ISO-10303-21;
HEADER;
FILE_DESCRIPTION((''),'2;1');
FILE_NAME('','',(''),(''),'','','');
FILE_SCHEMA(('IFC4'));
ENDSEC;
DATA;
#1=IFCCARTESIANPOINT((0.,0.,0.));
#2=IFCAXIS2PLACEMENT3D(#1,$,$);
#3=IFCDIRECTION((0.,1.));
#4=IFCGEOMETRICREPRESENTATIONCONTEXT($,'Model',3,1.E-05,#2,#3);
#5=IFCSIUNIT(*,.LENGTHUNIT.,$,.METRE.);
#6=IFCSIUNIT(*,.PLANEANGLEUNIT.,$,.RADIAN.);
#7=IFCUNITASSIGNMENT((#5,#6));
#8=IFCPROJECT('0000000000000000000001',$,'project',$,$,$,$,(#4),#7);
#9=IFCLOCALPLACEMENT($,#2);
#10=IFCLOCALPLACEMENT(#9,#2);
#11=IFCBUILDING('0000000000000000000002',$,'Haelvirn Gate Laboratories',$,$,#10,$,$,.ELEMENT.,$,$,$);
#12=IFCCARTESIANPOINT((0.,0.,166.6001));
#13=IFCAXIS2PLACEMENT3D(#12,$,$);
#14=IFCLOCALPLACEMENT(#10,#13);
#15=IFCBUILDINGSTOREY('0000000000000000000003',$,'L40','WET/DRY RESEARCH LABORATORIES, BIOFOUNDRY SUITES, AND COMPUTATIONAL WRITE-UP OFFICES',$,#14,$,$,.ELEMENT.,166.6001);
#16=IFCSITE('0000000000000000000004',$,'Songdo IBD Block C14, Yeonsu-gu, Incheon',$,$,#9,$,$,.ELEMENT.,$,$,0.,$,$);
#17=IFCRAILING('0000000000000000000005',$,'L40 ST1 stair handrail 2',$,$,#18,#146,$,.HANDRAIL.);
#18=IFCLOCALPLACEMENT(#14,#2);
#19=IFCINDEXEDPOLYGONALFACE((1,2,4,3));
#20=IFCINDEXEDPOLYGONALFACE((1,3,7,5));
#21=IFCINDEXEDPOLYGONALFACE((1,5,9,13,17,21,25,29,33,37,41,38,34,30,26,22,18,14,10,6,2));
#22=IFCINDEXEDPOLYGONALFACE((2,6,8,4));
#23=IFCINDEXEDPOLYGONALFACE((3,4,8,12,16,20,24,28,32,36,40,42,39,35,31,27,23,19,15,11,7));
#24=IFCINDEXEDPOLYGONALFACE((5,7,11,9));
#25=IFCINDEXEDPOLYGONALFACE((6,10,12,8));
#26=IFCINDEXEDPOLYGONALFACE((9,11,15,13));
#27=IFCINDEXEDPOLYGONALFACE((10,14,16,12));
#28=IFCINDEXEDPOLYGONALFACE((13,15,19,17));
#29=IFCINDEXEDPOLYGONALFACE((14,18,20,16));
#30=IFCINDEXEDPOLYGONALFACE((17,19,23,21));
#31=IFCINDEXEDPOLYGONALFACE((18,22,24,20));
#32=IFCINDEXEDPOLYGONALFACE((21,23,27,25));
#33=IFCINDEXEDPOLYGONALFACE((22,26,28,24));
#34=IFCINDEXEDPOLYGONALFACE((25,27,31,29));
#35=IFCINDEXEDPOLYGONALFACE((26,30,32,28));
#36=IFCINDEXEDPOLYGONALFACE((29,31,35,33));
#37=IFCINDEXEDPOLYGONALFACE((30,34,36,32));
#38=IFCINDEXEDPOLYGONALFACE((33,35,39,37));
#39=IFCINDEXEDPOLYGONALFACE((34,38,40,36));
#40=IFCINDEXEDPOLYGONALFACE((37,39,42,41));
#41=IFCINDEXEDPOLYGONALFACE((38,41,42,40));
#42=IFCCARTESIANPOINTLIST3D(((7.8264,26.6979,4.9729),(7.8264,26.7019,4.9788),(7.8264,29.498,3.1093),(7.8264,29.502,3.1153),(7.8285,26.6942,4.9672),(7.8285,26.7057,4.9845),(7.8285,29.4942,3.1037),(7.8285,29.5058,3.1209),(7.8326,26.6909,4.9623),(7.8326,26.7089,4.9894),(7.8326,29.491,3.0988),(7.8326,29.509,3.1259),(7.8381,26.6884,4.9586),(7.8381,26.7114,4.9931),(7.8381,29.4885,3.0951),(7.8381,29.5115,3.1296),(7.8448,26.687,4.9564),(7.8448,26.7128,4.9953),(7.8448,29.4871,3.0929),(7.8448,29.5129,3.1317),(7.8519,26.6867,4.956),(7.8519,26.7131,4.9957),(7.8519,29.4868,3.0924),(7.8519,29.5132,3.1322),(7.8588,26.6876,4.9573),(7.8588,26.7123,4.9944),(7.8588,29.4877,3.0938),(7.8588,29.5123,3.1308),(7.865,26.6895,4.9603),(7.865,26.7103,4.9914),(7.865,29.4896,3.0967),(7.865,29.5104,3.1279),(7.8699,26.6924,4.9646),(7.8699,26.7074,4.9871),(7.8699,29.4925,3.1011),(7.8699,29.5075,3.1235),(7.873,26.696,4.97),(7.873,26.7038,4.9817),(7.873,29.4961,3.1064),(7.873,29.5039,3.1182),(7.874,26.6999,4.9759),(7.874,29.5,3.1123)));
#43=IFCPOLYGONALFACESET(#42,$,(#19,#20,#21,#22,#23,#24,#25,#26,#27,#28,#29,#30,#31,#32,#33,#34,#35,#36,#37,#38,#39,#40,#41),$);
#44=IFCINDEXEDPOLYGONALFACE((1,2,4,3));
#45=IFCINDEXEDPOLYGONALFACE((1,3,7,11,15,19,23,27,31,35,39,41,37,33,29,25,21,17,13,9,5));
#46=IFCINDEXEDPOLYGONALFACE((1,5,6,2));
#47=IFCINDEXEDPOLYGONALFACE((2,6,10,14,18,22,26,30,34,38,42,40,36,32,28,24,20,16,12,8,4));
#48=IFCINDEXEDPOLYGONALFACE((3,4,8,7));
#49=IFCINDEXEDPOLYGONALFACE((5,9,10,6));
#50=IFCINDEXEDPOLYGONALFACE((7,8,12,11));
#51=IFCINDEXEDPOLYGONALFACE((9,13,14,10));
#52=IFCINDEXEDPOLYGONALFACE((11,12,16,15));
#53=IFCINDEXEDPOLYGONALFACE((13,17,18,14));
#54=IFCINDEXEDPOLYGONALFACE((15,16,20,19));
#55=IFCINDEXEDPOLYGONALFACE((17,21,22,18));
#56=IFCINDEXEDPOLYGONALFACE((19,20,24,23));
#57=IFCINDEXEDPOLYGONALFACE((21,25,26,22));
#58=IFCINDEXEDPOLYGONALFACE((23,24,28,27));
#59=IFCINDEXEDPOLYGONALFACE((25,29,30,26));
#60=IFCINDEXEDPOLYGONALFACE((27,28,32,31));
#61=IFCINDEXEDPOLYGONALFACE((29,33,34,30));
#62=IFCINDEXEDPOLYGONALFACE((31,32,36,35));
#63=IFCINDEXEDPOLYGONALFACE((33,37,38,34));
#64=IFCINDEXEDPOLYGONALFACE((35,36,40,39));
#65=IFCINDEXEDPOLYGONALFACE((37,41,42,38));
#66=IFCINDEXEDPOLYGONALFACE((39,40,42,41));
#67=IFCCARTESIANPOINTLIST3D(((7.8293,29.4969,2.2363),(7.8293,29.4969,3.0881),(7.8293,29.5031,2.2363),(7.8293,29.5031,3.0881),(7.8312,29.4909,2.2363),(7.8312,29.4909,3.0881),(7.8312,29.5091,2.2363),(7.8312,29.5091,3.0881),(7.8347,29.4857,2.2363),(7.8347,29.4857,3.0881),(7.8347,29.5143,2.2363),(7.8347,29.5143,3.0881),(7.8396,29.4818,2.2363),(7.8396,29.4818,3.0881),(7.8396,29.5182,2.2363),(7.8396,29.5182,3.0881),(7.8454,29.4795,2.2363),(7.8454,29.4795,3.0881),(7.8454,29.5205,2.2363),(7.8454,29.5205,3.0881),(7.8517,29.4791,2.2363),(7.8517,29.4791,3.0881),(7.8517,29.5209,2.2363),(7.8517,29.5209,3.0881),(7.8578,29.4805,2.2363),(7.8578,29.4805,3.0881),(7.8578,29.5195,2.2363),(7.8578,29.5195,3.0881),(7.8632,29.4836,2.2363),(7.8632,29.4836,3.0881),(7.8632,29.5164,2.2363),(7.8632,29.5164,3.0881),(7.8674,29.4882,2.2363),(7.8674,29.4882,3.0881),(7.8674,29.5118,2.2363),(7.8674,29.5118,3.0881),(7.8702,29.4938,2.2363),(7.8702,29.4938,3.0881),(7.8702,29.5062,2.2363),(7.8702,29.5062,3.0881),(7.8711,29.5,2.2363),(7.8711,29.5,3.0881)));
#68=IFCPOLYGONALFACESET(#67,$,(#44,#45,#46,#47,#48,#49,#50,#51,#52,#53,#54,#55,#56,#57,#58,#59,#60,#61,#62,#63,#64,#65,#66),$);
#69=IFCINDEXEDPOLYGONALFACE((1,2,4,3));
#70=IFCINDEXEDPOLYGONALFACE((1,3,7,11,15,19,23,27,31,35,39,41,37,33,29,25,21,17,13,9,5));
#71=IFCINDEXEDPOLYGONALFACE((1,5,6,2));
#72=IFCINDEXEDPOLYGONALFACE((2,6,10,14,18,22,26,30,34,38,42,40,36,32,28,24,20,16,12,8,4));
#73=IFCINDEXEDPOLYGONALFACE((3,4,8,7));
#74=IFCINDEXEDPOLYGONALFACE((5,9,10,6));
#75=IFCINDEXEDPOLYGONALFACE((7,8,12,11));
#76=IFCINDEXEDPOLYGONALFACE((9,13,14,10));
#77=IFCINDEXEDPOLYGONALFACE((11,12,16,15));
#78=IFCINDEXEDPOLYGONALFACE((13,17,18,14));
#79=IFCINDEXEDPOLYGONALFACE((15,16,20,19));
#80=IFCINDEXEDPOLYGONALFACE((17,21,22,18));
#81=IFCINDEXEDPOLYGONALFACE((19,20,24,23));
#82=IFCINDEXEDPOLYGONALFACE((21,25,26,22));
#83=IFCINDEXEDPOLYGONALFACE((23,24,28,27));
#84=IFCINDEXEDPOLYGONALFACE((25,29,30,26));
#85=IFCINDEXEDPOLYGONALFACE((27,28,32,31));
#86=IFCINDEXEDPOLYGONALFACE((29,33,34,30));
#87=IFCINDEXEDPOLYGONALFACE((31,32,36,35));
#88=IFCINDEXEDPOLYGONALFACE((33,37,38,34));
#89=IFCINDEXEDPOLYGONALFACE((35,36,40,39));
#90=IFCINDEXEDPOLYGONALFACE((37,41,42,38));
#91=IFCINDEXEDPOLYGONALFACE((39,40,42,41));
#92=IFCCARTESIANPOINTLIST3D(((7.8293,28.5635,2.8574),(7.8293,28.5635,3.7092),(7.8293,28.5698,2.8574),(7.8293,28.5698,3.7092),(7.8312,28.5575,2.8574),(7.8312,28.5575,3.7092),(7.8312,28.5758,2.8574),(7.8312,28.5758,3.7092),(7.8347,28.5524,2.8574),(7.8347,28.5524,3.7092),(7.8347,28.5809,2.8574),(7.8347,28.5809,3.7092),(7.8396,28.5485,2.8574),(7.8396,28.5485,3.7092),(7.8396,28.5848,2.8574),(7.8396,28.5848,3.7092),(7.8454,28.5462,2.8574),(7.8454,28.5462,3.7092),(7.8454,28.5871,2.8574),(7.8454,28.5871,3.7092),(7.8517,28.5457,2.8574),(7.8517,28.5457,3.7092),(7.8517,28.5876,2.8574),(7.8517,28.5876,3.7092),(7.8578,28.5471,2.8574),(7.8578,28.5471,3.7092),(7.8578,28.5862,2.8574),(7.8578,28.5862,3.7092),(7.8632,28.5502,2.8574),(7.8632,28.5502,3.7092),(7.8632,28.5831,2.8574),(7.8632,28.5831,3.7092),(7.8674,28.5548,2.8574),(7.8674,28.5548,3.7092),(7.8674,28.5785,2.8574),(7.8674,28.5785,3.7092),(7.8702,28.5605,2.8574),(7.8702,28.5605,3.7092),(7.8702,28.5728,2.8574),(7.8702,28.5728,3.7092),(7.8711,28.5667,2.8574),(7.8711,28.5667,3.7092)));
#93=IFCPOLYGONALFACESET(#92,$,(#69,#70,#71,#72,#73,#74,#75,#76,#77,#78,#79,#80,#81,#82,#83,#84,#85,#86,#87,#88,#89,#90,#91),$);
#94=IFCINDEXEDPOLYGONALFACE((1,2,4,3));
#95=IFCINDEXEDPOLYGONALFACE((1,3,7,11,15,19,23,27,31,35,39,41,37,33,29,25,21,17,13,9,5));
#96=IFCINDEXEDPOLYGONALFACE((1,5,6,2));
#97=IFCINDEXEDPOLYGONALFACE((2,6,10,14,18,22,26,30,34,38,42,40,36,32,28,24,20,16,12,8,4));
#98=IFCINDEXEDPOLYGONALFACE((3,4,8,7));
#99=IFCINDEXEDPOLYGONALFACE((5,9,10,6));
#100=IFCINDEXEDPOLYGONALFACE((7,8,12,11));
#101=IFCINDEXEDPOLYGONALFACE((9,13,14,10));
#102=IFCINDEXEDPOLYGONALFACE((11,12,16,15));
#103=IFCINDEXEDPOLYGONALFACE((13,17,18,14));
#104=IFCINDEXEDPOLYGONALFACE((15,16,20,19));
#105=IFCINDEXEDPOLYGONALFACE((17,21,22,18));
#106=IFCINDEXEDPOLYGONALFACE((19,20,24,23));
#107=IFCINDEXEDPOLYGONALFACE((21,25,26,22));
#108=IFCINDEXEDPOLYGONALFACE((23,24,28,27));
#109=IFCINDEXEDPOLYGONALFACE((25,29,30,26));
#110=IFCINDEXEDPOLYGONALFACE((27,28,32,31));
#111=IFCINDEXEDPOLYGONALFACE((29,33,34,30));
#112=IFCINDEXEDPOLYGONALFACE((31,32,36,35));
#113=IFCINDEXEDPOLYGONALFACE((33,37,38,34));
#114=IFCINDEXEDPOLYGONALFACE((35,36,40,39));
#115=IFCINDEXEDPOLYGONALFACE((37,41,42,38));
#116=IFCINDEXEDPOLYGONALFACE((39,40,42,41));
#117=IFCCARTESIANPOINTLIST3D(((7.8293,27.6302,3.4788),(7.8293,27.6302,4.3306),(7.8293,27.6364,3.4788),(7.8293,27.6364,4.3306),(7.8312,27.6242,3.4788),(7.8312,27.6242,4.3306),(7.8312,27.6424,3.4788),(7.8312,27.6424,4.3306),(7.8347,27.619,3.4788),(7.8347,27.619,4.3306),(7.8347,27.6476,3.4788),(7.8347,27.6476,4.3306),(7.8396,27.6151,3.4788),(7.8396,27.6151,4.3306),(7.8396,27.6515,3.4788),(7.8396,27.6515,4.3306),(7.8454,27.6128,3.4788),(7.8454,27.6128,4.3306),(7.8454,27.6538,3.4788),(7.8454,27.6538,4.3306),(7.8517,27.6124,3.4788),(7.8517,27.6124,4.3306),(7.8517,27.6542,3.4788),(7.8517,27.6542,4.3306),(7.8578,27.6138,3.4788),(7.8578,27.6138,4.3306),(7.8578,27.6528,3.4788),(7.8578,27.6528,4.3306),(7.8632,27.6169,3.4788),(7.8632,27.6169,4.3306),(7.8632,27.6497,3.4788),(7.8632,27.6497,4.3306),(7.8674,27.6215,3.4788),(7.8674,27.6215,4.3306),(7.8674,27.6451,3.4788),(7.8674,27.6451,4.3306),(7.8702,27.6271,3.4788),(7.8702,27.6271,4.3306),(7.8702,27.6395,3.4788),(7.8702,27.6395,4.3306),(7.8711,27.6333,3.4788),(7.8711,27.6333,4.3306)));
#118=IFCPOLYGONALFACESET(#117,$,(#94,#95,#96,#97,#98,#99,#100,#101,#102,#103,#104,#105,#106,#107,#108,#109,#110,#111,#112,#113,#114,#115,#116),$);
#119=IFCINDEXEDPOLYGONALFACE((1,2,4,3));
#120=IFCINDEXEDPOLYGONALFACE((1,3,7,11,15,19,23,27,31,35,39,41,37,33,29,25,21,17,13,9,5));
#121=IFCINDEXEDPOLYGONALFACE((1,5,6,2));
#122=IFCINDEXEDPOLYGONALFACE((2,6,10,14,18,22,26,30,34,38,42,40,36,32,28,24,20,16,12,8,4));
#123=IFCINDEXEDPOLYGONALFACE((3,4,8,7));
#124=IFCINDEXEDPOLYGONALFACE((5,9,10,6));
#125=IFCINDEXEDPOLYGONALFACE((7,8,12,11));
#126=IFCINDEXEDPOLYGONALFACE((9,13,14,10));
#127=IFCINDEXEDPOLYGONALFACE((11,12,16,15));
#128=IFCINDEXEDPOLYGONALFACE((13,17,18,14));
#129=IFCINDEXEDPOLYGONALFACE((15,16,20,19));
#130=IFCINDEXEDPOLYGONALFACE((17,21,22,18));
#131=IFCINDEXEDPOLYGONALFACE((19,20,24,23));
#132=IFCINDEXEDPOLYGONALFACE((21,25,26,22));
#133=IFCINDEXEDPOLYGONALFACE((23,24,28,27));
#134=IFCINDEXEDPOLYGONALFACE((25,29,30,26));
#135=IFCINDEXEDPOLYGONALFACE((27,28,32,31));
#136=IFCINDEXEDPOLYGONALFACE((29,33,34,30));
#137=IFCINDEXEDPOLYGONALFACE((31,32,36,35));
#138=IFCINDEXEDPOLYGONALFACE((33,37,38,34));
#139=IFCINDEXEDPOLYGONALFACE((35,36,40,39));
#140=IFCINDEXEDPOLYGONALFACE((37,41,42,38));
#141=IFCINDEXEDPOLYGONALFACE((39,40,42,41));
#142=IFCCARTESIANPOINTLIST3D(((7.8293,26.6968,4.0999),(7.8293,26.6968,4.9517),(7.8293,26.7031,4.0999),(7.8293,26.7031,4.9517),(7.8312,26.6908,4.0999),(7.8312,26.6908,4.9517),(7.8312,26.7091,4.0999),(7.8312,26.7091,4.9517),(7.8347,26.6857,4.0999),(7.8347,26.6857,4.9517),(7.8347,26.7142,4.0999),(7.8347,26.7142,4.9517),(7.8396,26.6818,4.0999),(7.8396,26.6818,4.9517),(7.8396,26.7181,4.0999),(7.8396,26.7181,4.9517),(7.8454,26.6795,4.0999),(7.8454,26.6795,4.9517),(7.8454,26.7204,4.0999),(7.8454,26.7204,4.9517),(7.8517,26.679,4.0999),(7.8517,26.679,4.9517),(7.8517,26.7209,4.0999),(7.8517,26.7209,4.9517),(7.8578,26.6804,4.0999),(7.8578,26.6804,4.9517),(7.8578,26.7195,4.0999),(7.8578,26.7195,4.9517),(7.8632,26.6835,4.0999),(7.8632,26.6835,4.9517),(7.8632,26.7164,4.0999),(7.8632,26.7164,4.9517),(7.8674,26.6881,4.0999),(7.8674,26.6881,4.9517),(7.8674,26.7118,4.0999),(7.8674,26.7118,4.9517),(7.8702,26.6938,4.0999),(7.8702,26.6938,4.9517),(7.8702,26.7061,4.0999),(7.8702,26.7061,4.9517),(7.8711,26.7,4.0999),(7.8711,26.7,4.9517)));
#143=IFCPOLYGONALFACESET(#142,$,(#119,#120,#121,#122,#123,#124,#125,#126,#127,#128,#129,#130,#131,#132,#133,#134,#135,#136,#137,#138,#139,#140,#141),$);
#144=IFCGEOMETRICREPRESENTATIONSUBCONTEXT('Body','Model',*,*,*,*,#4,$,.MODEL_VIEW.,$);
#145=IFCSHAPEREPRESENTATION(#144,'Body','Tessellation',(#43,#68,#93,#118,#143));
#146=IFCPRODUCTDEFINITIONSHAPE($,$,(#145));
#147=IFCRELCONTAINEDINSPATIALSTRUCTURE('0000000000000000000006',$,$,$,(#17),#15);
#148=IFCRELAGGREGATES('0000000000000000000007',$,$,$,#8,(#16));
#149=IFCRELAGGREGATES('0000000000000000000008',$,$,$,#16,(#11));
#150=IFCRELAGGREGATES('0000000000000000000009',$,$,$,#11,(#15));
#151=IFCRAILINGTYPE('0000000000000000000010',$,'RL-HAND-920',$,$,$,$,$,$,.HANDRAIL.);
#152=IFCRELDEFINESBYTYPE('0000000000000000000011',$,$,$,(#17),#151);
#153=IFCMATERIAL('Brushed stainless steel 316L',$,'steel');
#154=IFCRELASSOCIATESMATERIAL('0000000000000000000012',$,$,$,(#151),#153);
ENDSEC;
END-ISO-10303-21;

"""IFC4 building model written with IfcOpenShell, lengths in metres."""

from ifc_helpers import new_model, si_unit, direction, frame, origin, origin_2d, place, context, subcontext, project, spatial, circle, extrude, source, transform, mapped, material, type_object, element, save


model = new_model("IFC4")

# Units and contexts
model_context = context("Model", 3, precision=1e-05, world=origin(), true_north=direction((0.0, 1.0)))
body_context = subcontext(model_context, "Body", "Model", "MODEL_VIEW")
ifc_project = project(units=[si_unit("LENGTHUNIT", "METRE"), si_unit("PLANEANGLEUNIT", "RADIAN")], contexts=[model_context])

# Site, building, storey
site_placement = place(None, origin())
site = spatial("IfcSite", under=ifc_project, at=site_placement, Name="Songdo IBD Block C14, Yeonsu-gu, Incheon", CompositionType="ELEMENT", RefElevation=0.0)
building_placement = place(site_placement, origin())
building = spatial("IfcBuilding", under=site, at=building_placement, Name="Haelvirn Gate Laboratories", CompositionType="ELEMENT")
storey_placement = place(building_placement, frame((0.0, 0.0, 166.6001)))
storey = spatial("IfcBuildingStorey", under=building, at=storey_placement, Name="L40", Description="WET/DRY RESEARCH LABORATORIES, BIOFOUNDRY SUITES, AND COMPUTATIONAL WRITE-UP OFFICES", CompositionType="ELEMENT", Elevation=166.6001)

# Railing
ifc_material_1 = material(Name="Brushed stainless steel 316L", Category="steel")
railing_type_1 = type_object("IfcRailingType", Name="RL-HAND-920", PredefinedType="HANDRAIL", material=ifc_material_1)
shared_shape_1 = source(origin(), body_context, "Body", "SweptSolid", [
    extrude(circle(Radius=0.0239, at=origin_2d()), frame((0.0, 0.0, 0.876), z_axis=(0.0, -0.832486, 0.554047), x_axis=(1.0, 0.0, 0.0)), (0.0, 0.0, 1.0), 3.3635),
    extrude(circle(Radius=0.021, at=origin_2d()), origin(), (0.0, 0.0, 1.0), 0.8518),
    extrude(circle(Radius=0.021, at=origin_2d()), frame((0.0, -0.9333, 0.6211)), (0.0, 0.0, 1.0), 0.8518),
    extrude(circle(Radius=0.021, at=origin_2d()), frame((0.0, -1.8667, 1.2424)), (0.0, 0.0, 1.0), 0.8518),
    extrude(circle(Radius=0.021, at=origin_2d()), frame((0.0, -2.8, 1.8635)), (0.0, 0.0, 1.0), 0.8518),
])
railing_1_placement = place(storey_placement, frame((7.8501, 29.5, 2.2363)))
element("IfcRailing", 1, at=railing_1_placement, inside=storey, type_object=railing_type_1, Name="L40 ST1 stair handrail 2", PredefinedType="HANDRAIL", context=body_context, shape_type="MappedRepresentation", body=[
    mapped(shared_shape_1, transform((0.0, 0.0, 0.0), scale=1.0)),
])

save(model, "model.ifc")
